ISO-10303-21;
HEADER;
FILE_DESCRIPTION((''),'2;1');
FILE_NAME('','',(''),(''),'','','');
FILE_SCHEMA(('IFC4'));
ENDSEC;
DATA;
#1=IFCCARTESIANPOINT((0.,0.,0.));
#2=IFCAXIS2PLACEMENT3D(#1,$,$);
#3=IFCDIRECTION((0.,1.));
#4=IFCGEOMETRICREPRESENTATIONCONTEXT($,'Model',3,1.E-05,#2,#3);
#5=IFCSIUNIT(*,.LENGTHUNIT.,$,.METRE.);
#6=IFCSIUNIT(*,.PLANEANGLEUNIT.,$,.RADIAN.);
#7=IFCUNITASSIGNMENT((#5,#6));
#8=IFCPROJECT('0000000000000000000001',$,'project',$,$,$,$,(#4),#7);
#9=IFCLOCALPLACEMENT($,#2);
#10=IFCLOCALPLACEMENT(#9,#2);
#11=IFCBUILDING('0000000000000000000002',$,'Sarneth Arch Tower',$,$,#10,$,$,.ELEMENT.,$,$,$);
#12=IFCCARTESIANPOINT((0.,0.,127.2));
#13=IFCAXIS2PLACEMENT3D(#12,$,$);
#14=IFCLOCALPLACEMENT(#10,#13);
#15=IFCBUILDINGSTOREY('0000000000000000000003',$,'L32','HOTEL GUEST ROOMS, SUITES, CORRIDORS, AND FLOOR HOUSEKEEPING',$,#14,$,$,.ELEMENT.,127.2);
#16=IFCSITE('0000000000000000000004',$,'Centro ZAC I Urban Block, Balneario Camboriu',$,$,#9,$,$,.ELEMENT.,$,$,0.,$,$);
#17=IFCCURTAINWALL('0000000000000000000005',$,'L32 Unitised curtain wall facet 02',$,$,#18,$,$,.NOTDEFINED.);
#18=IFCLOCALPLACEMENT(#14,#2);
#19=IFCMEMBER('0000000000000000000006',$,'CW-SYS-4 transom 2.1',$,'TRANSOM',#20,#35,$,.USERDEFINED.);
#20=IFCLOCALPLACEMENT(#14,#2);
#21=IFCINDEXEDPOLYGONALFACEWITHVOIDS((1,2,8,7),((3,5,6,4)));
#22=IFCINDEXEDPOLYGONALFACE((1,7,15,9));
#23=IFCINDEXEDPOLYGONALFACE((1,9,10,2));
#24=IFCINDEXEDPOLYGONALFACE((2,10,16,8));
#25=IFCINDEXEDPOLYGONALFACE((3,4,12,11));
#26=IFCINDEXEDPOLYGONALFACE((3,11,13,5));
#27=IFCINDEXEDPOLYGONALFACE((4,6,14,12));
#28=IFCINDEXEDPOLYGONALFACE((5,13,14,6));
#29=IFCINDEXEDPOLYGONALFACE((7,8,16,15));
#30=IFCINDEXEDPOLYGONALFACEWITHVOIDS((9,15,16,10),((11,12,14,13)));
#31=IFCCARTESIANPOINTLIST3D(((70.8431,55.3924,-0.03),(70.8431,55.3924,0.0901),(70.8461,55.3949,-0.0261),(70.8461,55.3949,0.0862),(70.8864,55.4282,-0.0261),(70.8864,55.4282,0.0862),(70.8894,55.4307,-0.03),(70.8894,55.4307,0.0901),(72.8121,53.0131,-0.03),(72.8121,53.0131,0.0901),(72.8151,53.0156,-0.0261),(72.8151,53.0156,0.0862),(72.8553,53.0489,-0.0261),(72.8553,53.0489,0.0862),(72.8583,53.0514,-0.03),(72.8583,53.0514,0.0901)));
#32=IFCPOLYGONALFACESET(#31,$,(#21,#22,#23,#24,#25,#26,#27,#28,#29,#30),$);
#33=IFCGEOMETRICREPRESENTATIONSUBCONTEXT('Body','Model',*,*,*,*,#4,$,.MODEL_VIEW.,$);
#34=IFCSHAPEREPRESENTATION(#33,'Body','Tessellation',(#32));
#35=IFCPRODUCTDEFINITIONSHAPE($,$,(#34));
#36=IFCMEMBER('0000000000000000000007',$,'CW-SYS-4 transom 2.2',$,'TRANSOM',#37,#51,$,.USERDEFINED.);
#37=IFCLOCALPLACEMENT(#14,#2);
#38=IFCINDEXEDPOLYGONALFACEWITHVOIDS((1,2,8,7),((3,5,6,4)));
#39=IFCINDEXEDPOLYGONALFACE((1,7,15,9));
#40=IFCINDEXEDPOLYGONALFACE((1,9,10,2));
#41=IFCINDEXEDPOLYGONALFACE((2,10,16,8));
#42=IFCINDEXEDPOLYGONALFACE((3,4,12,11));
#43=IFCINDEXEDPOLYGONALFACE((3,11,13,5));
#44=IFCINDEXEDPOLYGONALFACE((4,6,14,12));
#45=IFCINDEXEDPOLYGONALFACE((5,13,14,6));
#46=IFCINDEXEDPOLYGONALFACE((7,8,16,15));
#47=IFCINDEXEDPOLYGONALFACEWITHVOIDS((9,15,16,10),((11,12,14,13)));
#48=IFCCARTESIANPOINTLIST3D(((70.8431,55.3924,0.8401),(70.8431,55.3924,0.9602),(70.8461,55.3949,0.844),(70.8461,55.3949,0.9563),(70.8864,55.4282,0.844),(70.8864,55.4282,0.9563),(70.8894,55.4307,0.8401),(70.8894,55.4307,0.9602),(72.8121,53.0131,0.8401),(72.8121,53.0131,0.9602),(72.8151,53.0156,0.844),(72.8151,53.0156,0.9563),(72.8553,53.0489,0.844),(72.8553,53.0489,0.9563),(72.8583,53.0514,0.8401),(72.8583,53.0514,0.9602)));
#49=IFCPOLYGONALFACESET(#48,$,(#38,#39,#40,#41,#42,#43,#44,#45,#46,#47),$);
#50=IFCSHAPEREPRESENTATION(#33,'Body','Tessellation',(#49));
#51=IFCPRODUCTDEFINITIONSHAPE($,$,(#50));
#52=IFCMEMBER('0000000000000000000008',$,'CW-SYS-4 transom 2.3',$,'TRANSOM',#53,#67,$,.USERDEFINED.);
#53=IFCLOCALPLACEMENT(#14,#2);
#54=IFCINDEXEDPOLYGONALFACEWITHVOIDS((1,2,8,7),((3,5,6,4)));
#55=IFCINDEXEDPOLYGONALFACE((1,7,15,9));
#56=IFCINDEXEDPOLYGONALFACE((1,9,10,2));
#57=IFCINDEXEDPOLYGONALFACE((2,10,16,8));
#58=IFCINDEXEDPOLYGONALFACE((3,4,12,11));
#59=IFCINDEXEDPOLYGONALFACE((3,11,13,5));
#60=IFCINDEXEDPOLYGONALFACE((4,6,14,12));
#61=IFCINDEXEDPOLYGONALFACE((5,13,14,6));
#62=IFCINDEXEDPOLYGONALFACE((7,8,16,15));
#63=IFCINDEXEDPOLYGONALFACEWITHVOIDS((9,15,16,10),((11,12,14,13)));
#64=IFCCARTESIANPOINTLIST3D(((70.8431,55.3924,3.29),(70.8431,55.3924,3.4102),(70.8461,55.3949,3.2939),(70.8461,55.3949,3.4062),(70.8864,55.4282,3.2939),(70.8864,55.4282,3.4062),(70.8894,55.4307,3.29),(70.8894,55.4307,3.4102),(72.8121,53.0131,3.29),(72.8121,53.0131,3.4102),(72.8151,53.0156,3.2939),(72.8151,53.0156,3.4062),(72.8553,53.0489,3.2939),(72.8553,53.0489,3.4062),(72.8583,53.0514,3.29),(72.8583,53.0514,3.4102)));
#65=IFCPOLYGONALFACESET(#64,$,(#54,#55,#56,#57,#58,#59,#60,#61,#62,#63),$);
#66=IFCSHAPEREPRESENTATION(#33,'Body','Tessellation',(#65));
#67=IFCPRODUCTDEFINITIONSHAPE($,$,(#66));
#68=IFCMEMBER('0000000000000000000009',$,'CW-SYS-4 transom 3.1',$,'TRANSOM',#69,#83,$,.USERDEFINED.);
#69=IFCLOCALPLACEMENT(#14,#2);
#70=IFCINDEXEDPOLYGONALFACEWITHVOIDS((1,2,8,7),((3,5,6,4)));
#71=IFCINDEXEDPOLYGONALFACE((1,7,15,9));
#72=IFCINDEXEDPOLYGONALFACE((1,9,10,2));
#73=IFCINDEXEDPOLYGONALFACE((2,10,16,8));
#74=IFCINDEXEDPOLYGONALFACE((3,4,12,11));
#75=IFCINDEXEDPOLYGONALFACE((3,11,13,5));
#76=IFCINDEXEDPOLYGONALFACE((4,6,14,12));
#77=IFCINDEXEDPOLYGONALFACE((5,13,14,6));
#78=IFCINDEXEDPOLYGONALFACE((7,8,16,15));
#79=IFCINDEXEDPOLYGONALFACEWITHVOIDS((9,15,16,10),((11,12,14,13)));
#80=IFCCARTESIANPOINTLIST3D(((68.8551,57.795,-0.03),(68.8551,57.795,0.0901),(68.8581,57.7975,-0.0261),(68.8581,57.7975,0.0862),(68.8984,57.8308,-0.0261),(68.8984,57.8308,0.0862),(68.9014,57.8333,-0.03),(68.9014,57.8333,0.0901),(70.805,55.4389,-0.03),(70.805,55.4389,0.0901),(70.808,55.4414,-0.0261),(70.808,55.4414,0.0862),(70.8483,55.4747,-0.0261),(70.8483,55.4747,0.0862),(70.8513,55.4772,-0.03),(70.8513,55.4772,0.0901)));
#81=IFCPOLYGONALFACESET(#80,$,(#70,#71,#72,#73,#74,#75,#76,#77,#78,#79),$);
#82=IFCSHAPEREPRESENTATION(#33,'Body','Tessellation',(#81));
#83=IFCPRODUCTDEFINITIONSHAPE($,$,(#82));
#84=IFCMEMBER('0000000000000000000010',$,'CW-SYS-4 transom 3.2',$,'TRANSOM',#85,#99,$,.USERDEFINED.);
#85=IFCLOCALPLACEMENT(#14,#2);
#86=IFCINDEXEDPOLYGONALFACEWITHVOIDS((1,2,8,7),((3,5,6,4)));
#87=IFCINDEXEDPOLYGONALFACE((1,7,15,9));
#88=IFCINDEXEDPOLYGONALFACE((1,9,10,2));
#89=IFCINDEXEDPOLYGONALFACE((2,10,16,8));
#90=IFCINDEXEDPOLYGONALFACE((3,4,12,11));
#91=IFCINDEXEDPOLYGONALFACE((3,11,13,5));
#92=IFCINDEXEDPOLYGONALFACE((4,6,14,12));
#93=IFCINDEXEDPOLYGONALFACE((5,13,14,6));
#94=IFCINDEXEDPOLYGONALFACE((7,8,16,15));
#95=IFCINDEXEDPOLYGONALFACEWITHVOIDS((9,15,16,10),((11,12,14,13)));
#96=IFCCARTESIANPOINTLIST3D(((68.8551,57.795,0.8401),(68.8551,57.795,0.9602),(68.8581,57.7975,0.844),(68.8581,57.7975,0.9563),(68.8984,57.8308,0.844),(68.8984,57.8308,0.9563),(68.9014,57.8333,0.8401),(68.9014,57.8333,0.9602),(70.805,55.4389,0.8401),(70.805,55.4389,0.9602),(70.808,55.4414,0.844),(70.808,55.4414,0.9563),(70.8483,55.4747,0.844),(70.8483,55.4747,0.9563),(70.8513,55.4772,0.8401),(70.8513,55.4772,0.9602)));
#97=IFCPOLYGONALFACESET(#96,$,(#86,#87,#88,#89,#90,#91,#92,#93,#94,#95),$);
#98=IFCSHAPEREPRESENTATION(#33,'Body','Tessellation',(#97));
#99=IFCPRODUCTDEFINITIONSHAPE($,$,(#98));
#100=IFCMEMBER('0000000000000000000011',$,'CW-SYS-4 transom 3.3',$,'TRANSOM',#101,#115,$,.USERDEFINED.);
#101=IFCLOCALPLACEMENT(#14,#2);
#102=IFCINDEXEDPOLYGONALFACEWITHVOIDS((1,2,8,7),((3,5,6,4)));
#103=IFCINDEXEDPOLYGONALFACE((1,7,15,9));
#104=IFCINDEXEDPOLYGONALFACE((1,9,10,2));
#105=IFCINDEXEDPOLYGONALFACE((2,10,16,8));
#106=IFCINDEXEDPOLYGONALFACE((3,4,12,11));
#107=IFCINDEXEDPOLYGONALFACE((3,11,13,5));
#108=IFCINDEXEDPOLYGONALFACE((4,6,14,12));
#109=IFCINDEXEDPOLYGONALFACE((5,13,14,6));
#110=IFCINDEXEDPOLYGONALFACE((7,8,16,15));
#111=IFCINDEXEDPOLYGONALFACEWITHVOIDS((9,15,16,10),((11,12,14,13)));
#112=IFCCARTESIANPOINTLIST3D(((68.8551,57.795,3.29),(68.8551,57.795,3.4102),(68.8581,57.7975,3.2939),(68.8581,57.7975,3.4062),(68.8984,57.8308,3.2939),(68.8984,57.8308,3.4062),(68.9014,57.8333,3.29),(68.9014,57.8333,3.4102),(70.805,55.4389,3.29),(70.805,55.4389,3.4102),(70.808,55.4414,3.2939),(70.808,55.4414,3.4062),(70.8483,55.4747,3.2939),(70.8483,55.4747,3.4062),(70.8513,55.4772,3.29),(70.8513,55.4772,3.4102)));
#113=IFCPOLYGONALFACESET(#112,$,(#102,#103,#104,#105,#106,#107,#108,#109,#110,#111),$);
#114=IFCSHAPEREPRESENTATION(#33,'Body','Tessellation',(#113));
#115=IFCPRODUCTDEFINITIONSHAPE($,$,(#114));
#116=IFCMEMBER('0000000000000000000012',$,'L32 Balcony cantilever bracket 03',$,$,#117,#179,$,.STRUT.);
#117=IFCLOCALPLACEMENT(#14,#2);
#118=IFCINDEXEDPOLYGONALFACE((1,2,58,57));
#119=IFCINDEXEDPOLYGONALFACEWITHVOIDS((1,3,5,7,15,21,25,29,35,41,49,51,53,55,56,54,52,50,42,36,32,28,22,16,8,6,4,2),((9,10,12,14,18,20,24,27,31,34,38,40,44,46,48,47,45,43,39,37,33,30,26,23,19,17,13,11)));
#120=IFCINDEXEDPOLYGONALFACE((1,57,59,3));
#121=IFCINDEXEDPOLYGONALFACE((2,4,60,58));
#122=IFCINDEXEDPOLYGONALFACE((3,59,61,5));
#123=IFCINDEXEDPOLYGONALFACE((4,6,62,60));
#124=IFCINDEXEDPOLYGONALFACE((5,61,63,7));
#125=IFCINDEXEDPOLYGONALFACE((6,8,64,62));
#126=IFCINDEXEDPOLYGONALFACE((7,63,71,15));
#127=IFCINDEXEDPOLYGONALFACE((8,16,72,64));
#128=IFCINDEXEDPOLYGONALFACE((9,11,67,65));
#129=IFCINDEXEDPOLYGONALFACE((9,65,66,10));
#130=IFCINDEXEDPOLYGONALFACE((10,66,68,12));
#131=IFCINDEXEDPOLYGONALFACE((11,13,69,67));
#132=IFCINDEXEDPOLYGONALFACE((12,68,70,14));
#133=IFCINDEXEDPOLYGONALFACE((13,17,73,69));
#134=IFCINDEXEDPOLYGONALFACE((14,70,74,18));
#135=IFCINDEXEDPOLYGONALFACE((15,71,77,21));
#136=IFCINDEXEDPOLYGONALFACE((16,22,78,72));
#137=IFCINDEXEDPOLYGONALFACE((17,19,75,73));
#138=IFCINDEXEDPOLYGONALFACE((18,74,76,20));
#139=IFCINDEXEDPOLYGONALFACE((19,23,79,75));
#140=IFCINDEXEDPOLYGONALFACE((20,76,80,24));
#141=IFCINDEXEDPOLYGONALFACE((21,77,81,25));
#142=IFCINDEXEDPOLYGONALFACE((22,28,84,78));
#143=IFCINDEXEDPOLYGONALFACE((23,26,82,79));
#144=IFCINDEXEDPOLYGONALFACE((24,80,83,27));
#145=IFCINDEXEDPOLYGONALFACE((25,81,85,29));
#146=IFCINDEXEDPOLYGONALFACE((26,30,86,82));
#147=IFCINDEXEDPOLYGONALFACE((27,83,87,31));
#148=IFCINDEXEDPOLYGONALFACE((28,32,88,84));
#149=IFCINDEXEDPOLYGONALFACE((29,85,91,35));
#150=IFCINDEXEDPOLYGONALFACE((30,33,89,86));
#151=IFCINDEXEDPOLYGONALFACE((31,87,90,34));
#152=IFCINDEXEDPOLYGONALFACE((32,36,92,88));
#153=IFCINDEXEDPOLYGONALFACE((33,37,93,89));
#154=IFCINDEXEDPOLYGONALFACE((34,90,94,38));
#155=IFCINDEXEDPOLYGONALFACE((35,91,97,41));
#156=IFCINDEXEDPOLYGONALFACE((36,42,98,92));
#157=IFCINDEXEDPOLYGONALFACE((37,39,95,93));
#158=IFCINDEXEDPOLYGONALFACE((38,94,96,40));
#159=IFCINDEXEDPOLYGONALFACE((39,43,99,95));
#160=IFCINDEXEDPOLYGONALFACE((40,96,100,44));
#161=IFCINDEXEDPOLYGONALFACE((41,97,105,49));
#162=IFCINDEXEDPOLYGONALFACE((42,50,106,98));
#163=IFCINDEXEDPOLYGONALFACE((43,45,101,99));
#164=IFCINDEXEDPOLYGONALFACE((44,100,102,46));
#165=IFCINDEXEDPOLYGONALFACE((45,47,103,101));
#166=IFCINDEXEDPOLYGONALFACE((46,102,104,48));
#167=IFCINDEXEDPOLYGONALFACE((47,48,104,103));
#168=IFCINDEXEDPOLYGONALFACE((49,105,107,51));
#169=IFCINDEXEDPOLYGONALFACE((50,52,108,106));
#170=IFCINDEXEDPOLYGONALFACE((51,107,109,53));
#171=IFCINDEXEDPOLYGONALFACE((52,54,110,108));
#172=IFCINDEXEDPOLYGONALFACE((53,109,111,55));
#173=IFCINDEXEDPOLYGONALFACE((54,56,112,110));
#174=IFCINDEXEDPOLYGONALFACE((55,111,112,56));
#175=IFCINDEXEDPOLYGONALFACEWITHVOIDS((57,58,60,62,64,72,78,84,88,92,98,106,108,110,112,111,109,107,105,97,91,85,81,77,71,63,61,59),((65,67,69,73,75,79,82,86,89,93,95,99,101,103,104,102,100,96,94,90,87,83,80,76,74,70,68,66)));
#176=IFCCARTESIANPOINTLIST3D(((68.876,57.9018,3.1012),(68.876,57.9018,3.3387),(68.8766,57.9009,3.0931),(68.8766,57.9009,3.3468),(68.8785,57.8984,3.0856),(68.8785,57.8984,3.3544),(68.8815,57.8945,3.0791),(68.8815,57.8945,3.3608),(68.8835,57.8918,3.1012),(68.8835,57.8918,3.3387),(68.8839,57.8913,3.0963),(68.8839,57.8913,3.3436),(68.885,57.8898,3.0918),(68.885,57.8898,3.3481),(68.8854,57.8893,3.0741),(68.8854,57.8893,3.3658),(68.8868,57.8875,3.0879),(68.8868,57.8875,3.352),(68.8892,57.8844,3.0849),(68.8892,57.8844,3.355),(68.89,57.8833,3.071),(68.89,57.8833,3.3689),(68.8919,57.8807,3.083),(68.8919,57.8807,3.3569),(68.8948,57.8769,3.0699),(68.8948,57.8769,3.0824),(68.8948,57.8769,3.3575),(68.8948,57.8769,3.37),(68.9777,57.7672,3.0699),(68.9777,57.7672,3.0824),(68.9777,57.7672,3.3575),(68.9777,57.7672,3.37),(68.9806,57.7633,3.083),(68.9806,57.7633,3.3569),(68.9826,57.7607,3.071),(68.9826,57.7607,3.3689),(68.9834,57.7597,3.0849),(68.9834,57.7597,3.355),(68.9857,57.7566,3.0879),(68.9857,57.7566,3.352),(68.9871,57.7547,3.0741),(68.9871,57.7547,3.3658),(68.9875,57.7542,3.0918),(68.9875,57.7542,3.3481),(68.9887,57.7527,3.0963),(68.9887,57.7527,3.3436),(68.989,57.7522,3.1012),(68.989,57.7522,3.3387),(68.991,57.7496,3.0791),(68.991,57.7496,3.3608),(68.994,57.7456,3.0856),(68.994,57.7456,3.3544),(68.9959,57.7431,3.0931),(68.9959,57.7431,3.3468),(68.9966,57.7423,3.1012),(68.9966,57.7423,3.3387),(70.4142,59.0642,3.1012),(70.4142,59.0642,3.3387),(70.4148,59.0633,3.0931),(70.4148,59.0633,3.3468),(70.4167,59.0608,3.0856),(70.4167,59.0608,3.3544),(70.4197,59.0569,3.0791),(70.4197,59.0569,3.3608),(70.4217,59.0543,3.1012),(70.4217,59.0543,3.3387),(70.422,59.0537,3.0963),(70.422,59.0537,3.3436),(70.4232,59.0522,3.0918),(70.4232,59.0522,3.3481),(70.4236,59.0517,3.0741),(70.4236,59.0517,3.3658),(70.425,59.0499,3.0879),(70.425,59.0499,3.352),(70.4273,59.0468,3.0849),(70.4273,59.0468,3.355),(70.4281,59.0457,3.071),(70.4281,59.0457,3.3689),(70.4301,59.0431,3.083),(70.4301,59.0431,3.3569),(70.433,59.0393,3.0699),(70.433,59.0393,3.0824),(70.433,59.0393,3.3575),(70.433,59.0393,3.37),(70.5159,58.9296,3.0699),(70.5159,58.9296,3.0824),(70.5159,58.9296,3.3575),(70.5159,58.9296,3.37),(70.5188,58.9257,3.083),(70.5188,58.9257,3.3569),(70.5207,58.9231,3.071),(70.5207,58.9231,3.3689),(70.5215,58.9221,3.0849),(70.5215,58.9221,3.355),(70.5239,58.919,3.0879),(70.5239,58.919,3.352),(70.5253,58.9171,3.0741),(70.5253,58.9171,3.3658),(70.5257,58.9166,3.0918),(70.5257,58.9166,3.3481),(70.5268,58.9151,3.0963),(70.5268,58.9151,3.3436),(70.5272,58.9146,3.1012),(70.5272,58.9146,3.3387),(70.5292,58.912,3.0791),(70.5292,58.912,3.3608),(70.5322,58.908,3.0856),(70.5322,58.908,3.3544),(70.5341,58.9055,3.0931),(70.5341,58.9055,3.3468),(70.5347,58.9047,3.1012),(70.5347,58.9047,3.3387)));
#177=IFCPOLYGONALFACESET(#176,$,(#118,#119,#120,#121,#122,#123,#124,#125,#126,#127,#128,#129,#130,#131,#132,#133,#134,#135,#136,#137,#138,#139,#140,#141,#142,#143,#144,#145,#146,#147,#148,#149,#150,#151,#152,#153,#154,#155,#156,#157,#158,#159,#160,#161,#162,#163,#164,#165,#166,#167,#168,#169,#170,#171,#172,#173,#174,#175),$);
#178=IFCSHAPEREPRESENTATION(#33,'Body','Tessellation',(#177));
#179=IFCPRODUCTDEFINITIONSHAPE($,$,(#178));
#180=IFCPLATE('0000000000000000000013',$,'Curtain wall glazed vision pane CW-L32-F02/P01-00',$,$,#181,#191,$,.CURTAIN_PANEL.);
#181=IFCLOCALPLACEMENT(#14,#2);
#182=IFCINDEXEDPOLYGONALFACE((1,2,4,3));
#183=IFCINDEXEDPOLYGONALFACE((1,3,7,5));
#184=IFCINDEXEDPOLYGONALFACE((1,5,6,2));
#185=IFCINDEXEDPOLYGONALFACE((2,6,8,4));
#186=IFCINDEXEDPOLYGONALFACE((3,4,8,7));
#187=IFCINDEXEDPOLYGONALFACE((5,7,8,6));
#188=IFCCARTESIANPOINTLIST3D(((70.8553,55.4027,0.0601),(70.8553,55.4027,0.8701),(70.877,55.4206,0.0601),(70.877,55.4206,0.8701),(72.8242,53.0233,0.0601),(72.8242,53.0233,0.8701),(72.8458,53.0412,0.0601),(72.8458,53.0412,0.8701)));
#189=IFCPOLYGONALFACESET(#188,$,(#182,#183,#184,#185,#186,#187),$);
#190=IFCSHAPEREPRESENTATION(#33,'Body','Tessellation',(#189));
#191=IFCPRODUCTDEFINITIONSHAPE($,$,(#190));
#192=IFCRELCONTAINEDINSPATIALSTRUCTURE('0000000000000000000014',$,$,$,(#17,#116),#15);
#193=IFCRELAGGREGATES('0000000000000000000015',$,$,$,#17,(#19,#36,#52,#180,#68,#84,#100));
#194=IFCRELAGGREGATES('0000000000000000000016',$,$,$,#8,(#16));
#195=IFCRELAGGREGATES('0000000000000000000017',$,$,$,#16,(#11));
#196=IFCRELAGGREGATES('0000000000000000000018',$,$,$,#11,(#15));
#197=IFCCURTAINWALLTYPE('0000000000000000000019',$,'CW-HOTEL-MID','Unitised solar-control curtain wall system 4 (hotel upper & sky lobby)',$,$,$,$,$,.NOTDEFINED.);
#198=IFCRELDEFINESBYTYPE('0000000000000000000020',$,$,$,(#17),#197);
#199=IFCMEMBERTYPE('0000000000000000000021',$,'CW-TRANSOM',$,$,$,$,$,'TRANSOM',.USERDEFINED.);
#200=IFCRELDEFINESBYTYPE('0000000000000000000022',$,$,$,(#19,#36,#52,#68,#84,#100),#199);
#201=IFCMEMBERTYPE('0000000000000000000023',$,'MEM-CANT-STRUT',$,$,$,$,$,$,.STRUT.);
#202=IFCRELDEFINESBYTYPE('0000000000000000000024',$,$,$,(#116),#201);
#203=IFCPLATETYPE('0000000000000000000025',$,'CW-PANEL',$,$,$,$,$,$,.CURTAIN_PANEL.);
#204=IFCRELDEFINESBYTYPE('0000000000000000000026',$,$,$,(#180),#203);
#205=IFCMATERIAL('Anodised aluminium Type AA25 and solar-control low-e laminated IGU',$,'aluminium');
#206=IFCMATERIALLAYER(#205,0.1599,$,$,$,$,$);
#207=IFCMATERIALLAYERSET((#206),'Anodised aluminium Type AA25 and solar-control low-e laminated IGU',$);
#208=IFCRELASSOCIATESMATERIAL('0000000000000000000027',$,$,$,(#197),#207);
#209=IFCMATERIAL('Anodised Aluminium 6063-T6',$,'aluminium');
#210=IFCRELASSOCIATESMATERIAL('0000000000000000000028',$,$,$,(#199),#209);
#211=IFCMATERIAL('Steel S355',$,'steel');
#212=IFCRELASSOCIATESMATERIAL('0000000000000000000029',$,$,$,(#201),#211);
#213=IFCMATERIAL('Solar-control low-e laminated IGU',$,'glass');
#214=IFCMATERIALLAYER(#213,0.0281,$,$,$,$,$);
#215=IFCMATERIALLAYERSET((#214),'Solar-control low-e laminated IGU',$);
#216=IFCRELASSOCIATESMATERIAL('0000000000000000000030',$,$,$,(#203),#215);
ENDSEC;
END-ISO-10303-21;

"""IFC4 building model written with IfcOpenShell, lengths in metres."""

from ifc_helpers import new_model, si_unit, direction, frame, origin, origin_2d, place, context, subcontext, project, spatial, rectangle, hollow_rectangle, extrude, material, layer, layer_set, material_profile, profile_set, type_object, element, aggregate, save


model = new_model("IFC4")

# Units and contexts
model_context = context("Model", 3, precision=1e-05, world=origin(), true_north=direction((0.0, 1.0)))
body_context = subcontext(model_context, "Body", "Model", "MODEL_VIEW")
ifc_project = project(units=[si_unit("LENGTHUNIT", "METRE"), si_unit("PLANEANGLEUNIT", "RADIAN")], contexts=[model_context])

# Site, building, storey
site_placement = place(None, origin())
site = spatial("IfcSite", under=ifc_project, at=site_placement, Name="Centro ZAC I Urban Block, Balneario Camboriu", CompositionType="ELEMENT", RefElevation=0.0)
building_placement = place(site_placement, origin())
building = spatial("IfcBuilding", under=site, at=building_placement, Name="Sarneth Arch Tower", CompositionType="ELEMENT")
storey_placement = place(building_placement, frame((0.0, 0.0, 127.2)))
storey = spatial("IfcBuildingStorey", under=building, at=storey_placement, Name="L32", Description="HOTEL GUEST ROOMS, SUITES, CORRIDORS, AND FLOOR HOUSEKEEPING", CompositionType="ELEMENT", Elevation=127.2)

# Curtain wall, members
ifc_material_1 = material(Name="Anodised aluminium Type AA25 and solar-control low-e laminated IGU", Category="aluminium")
ifc_layer_1 = layer(ifc_material_1, 0.1599)
ifc_layer_set_1 = layer_set([ifc_layer_1], Name="Anodised aluminium Type AA25 and solar-control low-e laminated IGU")
curtain_wall_type = type_object("IfcCurtainWallType", Name="CW-HOTEL-MID", Description="Unitised solar-control curtain wall system 4 (hotel upper & sky lobby)", PredefinedType="NOTDEFINED", material=ifc_layer_set_1)
curtain_wall_placement = place(storey_placement, origin())
curtain_wall = element("IfcCurtainWall", 1, at=curtain_wall_placement, inside=storey, type_object=curtain_wall_type, Name="L32 Unitised curtain wall facet 02", PredefinedType="NOTDEFINED")
ifc_material_2 = material(Name="Anodised Aluminium 6063-T6", Category="aluminium")
ifc_material_profile_1 = material_profile(ifc_material_2, hollow_rectangle(XDim=0.0601, YDim=0.1201, WallThickness=0.0039, at=origin_2d()), Name="AL-TRAN-120x60x4")
ifc_profile_set_1 = profile_set([ifc_material_profile_1], Name="Anodised Aluminium 6063-T6")
member_type_1 = type_object("IfcMemberType", Name="CW-TRANSOM", ElementType="TRANSOM", PredefinedType="USERDEFINED", material=ifc_profile_set_1)
member_1_placement = place(storey_placement, frame((72.8352, 53.0322, 0.03), z_axis=(-0.637537, 0.77042, 0.0), x_axis=(-0.77042, -0.637537, 0.0)))
member_1 = element("IfcMember", 2, at=member_1_placement, type_object=member_type_1, Name="CW-SYS-4 transom 2.1", ObjectType="TRANSOM", PredefinedType="USERDEFINED", context=body_context, shape_type="SweptSolid", body=[
    extrude(hollow_rectangle(XDim=0.0601, YDim=0.1201, WallThickness=0.0039, at=origin_2d()), origin(), (0.0, 0.0, 1.0), 3.0884),
])
member_2_placement = place(storey_placement, frame((72.8352, 53.0322, 0.9001), z_axis=(-0.637537, 0.77042, 0.0), x_axis=(-0.77042, -0.637537, 0.0)))
member_2 = element("IfcMember", 3, at=member_2_placement, type_object=member_type_1, Name="CW-SYS-4 transom 2.2", ObjectType="TRANSOM", PredefinedType="USERDEFINED", context=body_context, shape_type="SweptSolid", body=[
    extrude(hollow_rectangle(XDim=0.0601, YDim=0.1201, WallThickness=0.0039, at=origin_2d()), origin(), (0.0, 0.0, 1.0), 3.0884),
])
member_3_placement = place(storey_placement, frame((72.8352, 53.0322, 3.3501), z_axis=(-0.637537, 0.77042, 0.0), x_axis=(-0.77042, -0.637537, 0.0)))
member_3 = element("IfcMember", 4, at=member_3_placement, type_object=member_type_1, Name="CW-SYS-4 transom 2.3", ObjectType="TRANSOM", PredefinedType="USERDEFINED", context=body_context, shape_type="SweptSolid", body=[
    extrude(hollow_rectangle(XDim=0.0601, YDim=0.1201, WallThickness=0.0039, at=origin_2d()), origin(), (0.0, 0.0, 1.0), 3.0884),
])
member_4_placement = place(storey_placement, frame((70.8281, 55.458, 0.03), z_axis=(-0.637566, 0.770396, 0.0), x_axis=(-0.770396, -0.637566, 0.0)))
member_4 = element("IfcMember", 5, at=member_4_placement, type_object=member_type_1, Name="CW-SYS-4 transom 3.1", ObjectType="TRANSOM", PredefinedType="USERDEFINED", context=body_context, shape_type="SweptSolid", body=[
    extrude(hollow_rectangle(XDim=0.0601, YDim=0.1201, WallThickness=0.0039, at=origin_2d()), origin(), (0.0, 0.0, 1.0), 3.0583),
])
member_5_placement = place(storey_placement, frame((70.8281, 55.458, 0.9001), z_axis=(-0.637566, 0.770396, 0.0), x_axis=(-0.770396, -0.637566, 0.0)))
member_5 = element("IfcMember", 6, at=member_5_placement, type_object=member_type_1, Name="CW-SYS-4 transom 3.2", ObjectType="TRANSOM", PredefinedType="USERDEFINED", context=body_context, shape_type="SweptSolid", body=[
    extrude(hollow_rectangle(XDim=0.0601, YDim=0.1201, WallThickness=0.0039, at=origin_2d()), origin(), (0.0, 0.0, 1.0), 3.0583),
])
member_6_placement = place(storey_placement, frame((70.8281, 55.458, 3.3501), z_axis=(-0.637566, 0.770396, 0.0), x_axis=(-0.770396, -0.637566, 0.0)))
member_6 = element("IfcMember", 7, at=member_6_placement, type_object=member_type_1, Name="CW-SYS-4 transom 3.3", ObjectType="TRANSOM", PredefinedType="USERDEFINED", context=body_context, shape_type="SweptSolid", body=[
    extrude(hollow_rectangle(XDim=0.0601, YDim=0.1201, WallThickness=0.0039, at=origin_2d()), origin(), (0.0, 0.0, 1.0), 3.0583),
])

# Member
ifc_material_3 = material(Name="Steel S355", Category="steel")
ifc_material_profile_2 = material_profile(ifc_material_3, hollow_rectangle(XDim=0.2, YDim=0.3, WallThickness=0.0125, InnerFilletRadius=0.0188, OuterFilletRadius=0.0312, at=origin_2d()), Name="RHS300x200x12.5")
ifc_profile_set_2 = profile_set([ifc_material_profile_2], Name="Steel S355")
member_type_2 = type_object("IfcMemberType", Name="MEM-CANT-STRUT", PredefinedType="STRUT", material=ifc_profile_set_2)
member_7_placement = place(storey_placement, frame((68.9363, 57.822, 3.22), z_axis=(0.797806, 0.602914, 0.0), x_axis=(-0.602914, 0.797806, 0.0)))
element("IfcMember", 8, at=member_7_placement, inside=storey, type_object=member_type_2, Name="L32 Balcony cantilever bracket 03", PredefinedType="STRUT", context=body_context, shape_type="SweptSolid", body=[
    extrude(hollow_rectangle(XDim=0.2, YDim=0.3, WallThickness=0.0125, InnerFilletRadius=0.0188, OuterFilletRadius=0.0312, at=origin_2d()), origin(), (0.0, 0.0, 1.0), 1.928),
])

# Plate
ifc_material_4 = material(Name="Solar-control low-e laminated IGU", Category="glass")
ifc_layer_2 = layer(ifc_material_4, 0.0281)
ifc_layer_set_2 = layer_set([ifc_layer_2], Name="Solar-control low-e laminated IGU")
plate_type_1 = type_object("IfcPlateType", Name="CW-PANEL", PredefinedType="CURTAIN_PANEL", material=ifc_layer_set_2)
plate_1_placement = place(storey_placement, frame((71.8506, 54.2219, 0.0601), z_axis=(0.0, 0.0, 1.0), x_axis=(-0.637515, 0.770438, 0.0)))
plate_1 = element("IfcPlate", 9, at=plate_1_placement, type_object=plate_type_1, Name="Curtain wall glazed vision pane CW-L32-F02/P01-00", PredefinedType="CURTAIN_PANEL", context=body_context, shape_type="SweptSolid", body=[
    extrude(rectangle(XDim=3.0884, YDim=0.0281, at=origin_2d()), origin(), (0.0, 0.0, 1.0), 0.8101),
])
aggregate(curtain_wall, [member_1, member_2, member_3, plate_1, member_4, member_5, member_6])

save(model, "model.ifc")
